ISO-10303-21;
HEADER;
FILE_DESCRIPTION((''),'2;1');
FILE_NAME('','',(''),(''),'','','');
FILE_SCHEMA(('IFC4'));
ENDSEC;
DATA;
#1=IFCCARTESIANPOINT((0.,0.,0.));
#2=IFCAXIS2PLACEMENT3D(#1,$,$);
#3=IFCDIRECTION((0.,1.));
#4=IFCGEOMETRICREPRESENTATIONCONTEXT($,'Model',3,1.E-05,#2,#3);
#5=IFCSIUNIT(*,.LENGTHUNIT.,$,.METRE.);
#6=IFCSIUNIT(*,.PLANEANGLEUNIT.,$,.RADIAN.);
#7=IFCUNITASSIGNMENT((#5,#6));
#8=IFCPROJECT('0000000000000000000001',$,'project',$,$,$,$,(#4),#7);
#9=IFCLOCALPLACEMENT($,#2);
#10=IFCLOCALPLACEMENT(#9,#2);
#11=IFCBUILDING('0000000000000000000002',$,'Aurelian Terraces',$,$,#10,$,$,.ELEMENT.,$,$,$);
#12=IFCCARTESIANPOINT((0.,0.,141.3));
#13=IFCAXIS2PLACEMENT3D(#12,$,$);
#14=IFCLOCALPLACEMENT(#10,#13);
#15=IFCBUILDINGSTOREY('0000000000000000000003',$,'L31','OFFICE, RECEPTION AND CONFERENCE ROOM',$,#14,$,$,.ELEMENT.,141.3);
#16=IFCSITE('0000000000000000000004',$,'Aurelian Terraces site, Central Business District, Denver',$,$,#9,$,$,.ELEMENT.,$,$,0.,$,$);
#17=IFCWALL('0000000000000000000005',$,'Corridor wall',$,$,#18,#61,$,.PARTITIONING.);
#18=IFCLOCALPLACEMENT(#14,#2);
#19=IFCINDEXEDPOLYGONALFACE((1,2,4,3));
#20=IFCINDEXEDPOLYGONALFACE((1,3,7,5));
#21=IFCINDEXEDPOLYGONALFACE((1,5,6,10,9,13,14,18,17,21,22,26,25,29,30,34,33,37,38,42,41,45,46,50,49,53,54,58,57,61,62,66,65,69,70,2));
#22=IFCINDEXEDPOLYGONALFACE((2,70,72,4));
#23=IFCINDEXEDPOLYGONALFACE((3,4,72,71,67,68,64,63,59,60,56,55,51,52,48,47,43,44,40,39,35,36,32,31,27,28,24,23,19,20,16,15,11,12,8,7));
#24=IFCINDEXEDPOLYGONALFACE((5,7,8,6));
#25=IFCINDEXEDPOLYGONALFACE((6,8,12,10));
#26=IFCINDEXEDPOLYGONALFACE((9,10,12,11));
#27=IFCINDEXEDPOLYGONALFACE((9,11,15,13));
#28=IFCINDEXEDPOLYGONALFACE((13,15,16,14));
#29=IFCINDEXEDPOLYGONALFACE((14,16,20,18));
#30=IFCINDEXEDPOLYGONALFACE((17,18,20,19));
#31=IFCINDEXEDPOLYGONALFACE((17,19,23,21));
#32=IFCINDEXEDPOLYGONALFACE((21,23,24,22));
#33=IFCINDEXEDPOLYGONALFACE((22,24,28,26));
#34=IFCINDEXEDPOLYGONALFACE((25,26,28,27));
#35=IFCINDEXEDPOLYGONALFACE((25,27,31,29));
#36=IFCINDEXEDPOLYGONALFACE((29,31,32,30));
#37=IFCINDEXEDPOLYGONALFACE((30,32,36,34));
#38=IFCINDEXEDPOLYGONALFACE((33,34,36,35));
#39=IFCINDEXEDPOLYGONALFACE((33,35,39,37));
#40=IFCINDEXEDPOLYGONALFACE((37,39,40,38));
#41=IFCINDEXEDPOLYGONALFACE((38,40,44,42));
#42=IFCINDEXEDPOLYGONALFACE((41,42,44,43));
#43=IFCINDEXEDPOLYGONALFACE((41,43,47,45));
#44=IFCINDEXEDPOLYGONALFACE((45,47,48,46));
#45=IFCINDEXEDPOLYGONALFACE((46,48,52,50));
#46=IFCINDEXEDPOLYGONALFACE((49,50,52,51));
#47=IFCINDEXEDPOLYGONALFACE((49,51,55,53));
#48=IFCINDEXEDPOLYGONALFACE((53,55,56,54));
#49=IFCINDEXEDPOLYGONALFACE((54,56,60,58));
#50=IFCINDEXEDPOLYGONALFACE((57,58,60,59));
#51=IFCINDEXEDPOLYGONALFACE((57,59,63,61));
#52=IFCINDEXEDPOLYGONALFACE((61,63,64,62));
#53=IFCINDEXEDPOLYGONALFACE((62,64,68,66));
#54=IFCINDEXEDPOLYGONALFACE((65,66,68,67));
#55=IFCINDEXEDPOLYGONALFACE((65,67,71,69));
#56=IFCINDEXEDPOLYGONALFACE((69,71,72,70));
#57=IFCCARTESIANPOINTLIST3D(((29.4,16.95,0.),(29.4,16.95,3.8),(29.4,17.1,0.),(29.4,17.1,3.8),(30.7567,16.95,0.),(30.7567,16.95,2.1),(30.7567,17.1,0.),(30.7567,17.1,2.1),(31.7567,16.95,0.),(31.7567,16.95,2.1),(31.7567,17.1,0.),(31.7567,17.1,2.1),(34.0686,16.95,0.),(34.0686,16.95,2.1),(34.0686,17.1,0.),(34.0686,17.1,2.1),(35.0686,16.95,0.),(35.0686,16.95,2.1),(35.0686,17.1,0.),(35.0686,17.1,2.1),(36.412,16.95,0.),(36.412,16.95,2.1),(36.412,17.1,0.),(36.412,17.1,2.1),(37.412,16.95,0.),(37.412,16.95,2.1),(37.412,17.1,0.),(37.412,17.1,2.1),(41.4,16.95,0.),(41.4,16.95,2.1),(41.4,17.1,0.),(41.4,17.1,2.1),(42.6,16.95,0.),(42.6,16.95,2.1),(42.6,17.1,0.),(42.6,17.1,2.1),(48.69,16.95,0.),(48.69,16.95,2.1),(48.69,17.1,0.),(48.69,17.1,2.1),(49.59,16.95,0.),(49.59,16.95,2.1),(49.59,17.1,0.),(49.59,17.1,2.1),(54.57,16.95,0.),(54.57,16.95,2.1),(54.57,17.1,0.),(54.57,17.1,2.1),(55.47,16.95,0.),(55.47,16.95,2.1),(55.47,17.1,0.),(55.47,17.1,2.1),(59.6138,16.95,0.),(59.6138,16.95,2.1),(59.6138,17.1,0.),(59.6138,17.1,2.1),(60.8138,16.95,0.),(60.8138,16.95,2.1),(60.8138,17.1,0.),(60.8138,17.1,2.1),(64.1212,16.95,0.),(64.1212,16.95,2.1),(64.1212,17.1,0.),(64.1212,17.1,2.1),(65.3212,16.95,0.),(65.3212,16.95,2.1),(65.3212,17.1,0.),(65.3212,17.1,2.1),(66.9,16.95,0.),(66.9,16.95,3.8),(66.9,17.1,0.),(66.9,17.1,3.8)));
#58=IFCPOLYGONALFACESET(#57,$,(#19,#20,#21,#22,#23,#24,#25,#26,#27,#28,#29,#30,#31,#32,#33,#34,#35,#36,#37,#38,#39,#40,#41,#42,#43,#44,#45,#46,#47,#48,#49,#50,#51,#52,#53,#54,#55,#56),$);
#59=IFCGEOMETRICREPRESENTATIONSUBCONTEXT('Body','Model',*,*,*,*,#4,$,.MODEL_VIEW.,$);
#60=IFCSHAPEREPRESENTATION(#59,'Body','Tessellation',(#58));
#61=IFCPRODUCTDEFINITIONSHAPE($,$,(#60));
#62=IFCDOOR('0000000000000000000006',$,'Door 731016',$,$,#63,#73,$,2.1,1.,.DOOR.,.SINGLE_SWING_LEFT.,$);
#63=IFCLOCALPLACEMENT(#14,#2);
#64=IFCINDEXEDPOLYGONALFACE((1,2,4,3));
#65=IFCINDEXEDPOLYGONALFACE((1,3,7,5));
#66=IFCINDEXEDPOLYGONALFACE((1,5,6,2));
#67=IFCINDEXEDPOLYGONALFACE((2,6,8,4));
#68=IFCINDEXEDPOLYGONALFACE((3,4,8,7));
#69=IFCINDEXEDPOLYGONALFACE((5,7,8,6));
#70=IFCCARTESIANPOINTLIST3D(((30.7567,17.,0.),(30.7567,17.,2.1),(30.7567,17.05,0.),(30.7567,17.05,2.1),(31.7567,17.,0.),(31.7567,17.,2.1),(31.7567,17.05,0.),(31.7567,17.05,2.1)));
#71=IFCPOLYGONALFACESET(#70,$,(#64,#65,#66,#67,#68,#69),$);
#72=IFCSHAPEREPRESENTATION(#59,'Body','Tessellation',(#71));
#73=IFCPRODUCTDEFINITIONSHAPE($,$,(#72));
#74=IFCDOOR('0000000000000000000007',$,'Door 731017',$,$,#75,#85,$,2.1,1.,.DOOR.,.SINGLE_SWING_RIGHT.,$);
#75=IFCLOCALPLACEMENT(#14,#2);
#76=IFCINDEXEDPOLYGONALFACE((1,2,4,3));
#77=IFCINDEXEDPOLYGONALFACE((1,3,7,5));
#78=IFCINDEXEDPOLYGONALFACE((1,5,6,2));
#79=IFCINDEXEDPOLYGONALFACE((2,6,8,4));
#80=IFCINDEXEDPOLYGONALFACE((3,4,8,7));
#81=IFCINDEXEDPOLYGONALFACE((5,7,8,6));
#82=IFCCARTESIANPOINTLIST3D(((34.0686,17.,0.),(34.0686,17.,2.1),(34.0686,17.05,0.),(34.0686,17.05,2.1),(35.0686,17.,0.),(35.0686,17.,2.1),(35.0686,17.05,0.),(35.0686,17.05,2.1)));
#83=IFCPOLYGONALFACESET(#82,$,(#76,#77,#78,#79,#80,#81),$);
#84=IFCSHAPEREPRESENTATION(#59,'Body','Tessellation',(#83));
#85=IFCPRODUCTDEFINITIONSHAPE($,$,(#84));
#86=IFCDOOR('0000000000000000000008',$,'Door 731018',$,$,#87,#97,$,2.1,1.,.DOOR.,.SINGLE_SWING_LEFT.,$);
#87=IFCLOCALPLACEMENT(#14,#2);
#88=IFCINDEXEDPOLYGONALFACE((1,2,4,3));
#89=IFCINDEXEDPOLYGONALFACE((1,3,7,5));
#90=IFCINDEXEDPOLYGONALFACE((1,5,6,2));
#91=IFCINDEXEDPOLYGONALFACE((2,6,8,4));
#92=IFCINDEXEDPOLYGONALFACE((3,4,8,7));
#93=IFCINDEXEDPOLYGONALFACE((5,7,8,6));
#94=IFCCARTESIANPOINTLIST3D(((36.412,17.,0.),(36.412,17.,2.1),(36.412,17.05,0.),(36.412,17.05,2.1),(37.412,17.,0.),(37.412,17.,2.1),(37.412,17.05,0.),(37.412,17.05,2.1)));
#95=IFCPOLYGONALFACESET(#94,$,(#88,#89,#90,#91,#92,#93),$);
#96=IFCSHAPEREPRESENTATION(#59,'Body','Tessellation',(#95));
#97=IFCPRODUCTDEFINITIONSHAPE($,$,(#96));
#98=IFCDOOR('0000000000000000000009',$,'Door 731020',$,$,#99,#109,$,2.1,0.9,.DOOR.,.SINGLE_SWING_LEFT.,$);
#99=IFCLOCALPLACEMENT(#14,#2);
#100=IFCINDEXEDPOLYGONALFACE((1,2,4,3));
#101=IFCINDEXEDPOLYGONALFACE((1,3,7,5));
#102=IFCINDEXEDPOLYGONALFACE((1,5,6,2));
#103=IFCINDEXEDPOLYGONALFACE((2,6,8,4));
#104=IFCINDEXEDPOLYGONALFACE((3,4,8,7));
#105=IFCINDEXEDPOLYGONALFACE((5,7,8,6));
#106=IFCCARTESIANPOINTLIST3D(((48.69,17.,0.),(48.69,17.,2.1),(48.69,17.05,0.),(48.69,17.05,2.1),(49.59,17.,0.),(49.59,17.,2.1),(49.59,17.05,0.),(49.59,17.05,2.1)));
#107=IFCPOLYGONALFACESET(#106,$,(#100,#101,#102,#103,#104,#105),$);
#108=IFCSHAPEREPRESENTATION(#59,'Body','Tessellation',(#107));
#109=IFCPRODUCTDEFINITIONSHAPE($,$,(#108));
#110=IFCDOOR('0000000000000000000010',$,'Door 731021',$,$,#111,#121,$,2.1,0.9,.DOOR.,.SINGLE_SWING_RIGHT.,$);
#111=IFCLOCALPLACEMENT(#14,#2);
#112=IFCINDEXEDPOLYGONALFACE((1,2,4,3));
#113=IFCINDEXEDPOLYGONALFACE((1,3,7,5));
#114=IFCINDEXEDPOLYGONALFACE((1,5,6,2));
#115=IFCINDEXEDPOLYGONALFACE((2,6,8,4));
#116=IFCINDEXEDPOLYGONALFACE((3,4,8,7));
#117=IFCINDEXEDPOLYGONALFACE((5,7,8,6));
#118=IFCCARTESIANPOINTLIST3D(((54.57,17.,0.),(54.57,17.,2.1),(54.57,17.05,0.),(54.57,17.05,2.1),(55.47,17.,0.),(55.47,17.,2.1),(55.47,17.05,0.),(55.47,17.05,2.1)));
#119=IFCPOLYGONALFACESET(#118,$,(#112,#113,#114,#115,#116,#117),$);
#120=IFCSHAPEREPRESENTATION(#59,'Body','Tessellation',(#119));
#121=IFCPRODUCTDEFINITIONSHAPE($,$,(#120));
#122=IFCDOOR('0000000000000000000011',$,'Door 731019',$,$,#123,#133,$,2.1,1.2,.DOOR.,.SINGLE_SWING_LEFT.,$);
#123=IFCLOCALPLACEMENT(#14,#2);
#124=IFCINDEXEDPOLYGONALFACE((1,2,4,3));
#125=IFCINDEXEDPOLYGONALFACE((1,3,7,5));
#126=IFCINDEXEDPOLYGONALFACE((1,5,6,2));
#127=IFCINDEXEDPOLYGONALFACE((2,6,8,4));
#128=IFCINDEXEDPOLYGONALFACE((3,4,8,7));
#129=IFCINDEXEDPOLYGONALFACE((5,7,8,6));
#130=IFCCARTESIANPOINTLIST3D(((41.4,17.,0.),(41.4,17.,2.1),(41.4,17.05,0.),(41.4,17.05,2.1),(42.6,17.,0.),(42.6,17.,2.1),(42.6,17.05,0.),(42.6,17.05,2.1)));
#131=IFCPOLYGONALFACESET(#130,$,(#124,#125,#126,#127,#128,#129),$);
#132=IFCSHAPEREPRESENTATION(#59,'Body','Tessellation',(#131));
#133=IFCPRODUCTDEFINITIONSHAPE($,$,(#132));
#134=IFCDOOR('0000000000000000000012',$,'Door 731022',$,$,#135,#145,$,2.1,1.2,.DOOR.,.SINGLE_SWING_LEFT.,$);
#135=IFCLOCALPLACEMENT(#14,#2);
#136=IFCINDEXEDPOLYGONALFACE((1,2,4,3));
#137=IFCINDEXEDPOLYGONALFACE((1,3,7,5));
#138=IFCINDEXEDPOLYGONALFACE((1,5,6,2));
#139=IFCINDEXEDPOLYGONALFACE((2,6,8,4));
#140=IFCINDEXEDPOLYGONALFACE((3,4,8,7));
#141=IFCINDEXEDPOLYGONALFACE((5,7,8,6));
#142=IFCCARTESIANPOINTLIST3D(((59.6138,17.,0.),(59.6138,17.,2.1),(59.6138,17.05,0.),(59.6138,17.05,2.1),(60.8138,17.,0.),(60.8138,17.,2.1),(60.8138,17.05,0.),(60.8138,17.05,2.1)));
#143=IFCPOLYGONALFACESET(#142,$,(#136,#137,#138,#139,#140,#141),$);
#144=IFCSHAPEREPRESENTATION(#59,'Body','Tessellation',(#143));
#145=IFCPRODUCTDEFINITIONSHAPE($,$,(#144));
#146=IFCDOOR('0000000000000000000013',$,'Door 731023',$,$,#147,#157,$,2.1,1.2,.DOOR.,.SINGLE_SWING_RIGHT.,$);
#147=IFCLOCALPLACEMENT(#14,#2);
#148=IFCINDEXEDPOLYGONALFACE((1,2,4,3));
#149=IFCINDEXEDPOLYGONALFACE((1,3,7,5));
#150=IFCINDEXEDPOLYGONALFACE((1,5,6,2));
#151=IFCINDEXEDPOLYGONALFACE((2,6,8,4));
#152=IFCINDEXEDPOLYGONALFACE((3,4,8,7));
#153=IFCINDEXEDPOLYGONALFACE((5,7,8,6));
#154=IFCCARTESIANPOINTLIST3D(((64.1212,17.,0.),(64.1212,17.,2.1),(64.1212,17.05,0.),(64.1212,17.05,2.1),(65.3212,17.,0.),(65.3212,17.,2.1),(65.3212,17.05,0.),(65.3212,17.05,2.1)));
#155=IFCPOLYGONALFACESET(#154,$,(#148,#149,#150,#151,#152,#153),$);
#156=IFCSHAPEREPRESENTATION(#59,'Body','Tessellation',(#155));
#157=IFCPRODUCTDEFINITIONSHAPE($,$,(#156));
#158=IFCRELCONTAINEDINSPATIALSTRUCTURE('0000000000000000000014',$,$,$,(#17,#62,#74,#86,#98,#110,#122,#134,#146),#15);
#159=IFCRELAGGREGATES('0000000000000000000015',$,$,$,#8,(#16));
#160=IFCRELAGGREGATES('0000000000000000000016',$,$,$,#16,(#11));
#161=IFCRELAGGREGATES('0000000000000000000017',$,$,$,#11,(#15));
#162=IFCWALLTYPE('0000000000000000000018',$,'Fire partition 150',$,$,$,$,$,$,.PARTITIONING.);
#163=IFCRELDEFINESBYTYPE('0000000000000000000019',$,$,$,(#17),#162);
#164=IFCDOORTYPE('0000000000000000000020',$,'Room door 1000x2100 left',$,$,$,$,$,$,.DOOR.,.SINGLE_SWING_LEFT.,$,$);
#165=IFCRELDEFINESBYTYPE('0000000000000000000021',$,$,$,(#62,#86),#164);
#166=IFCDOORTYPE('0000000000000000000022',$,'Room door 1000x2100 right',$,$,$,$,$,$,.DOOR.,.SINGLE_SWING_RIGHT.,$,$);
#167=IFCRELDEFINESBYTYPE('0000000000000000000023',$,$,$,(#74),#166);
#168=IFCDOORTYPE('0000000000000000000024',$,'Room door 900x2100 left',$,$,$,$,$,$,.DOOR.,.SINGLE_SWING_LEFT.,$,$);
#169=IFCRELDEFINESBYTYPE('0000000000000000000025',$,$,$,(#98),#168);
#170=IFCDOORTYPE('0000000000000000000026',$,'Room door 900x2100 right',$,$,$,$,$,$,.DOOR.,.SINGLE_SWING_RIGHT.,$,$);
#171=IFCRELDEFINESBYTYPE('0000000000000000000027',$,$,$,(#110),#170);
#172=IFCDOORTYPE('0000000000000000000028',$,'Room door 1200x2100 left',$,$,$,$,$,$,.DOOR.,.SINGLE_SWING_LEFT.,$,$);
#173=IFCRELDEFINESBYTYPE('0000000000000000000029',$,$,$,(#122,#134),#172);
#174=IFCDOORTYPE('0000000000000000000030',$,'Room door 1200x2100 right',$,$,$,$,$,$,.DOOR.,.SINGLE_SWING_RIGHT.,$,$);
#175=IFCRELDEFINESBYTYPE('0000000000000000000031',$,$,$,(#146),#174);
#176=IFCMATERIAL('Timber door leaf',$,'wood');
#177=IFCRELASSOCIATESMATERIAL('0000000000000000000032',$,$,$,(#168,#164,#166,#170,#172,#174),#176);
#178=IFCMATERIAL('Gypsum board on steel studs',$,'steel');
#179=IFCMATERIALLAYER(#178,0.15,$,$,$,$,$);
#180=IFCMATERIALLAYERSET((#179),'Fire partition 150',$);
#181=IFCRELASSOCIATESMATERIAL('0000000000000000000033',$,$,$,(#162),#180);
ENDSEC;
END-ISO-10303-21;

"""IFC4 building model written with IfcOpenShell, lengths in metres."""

from ifc_helpers import new_model, si_unit, direction, frame, frame_2d, origin, place, context, subcontext, project, spatial, rectangle, extrude, source, transform, mapped, material, layer, layer_set, type_object, element, fill, save


model = new_model("IFC4")

# Units and contexts
model_context = context("Model", 3, precision=1e-05, world=origin(), true_north=direction((0.0, 1.0)))
body_context = subcontext(model_context, "Body", "Model", "MODEL_VIEW")
ifc_project = project(units=[si_unit("LENGTHUNIT", "METRE"), si_unit("PLANEANGLEUNIT", "RADIAN")], contexts=[model_context])

# Site, building, storey
site_placement = place(None, origin())
site = spatial("IfcSite", under=ifc_project, at=site_placement, Name="Aurelian Terraces site, Central Business District, Denver", CompositionType="ELEMENT", RefElevation=0.0)
building_placement = place(site_placement, origin())
building = spatial("IfcBuilding", under=site, at=building_placement, Name="Aurelian Terraces", CompositionType="ELEMENT")
storey_placement = place(building_placement, frame((0.0, 0.0, 141.3)))
storey = spatial("IfcBuildingStorey", under=building, at=storey_placement, Name="L31", Description="OFFICE, RECEPTION AND CONFERENCE ROOM", CompositionType="ELEMENT", Elevation=141.3)

# Shared definitions
ifc_material_1 = material(Name="Gypsum board on steel studs", Category="steel")
shared_shape_1 = source(origin(), body_context, "Body", "SweptSolid", [
    extrude(rectangle(XDim=0.9, YDim=2.1, at=frame_2d((0.45, 1.05))), frame((0.0, 0.085, 0.0), z_axis=(0.0, -1.0, 0.0), x_axis=(1.0, 0.0, 0.0)), (0.0, 0.0, 1.0), 0.17),
])
ifc_material_2 = material(Name="Timber door leaf", Category="wood")
door_type_1 = type_object("IfcDoorType", Name="Room door 900x2100 left", OperationType="SINGLE_SWING_LEFT", PredefinedType="DOOR", material=ifc_material_2)
shared_shape_2 = source(origin(), body_context, "Body", "SweptSolid", [
    extrude(rectangle(XDim=0.9, YDim=2.1, at=frame_2d((0.45, 1.05))), frame((0.0, 0.025, 0.0), z_axis=(0.0, -1.0, 0.0), x_axis=(1.0, 0.0, 0.0)), (0.0, 0.0, 1.0), 0.05),
])

# Wall, openings, doors
ifc_layer_1 = layer(ifc_material_1, 0.15)
ifc_layer_set_1 = layer_set([ifc_layer_1], Name="Fire partition 150")
wall_type_1 = type_object("IfcWallType", Name="Fire partition 150", PredefinedType="PARTITIONING", material=ifc_layer_set_1)
shared_shape_3 = source(origin(), body_context, "Body", "SweptSolid", [
    extrude(rectangle(XDim=37.5, YDim=0.15, at=frame_2d((18.75, 0.0))), origin(), (0.0, 0.0, 1.0), 3.8),
])
wall_1_placement = place(storey_placement, frame((29.4, 17.025, 0.0), z_axis=(0.0, 0.0, 1.0), x_axis=(1.0, 0.0, 0.0)))
wall_1 = element("IfcWall", 1, at=wall_1_placement, inside=storey, type_object=wall_type_1, Name="Corridor wall", PredefinedType="PARTITIONING", context=body_context, shape_type="MappedRepresentation", body=[
    mapped(shared_shape_3, transform((0.0, 0.0, 0.0), scale=1.0)),
])
shared_shape_4 = source(origin(), body_context, "Body", "SweptSolid", [
    extrude(rectangle(XDim=1.0, YDim=2.1, at=frame_2d((0.5, 1.05))), frame((0.0, 0.085, 0.0), z_axis=(0.0, -1.0, 0.0), x_axis=(1.0, 0.0, 0.0)), (0.0, 0.0, 1.0), 0.17),
])
opening_1_placement = place(wall_1_placement, frame((1.3567, 0.0, 0.0)))
opening_1 = element("IfcOpeningElement", 2, at=opening_1_placement, cuts=wall_1, PredefinedType="OPENING", context=body_context, shape_type="MappedRepresentation", body=[
    mapped(shared_shape_4, transform((0.0, 0.0, 0.0), scale=1.0)),
])
opening_2_placement = place(wall_1_placement, frame((4.6686, 0.0, 0.0)))
opening_2 = element("IfcOpeningElement", 3, at=opening_2_placement, cuts=wall_1, PredefinedType="OPENING", context=body_context, shape_type="MappedRepresentation", body=[
    mapped(shared_shape_4, transform((0.0, 0.0, 0.0), scale=1.0)),
])
opening_3_placement = place(wall_1_placement, frame((7.012, 0.0, 0.0)))
opening_3 = element("IfcOpeningElement", 4, at=opening_3_placement, cuts=wall_1, PredefinedType="OPENING", context=body_context, shape_type="MappedRepresentation", body=[
    mapped(shared_shape_4, transform((0.0, 0.0, 0.0), scale=1.0)),
])
shared_shape_5 = source(origin(), body_context, "Body", "SweptSolid", [
    extrude(rectangle(XDim=1.2, YDim=2.1, at=frame_2d((0.6, 1.05))), frame((0.0, 0.085, 0.0), z_axis=(0.0, -1.0, 0.0), x_axis=(1.0, 0.0, 0.0)), (0.0, 0.0, 1.0), 0.17),
])
opening_4_placement = place(wall_1_placement, frame((12.0, 0.0, 0.0)))
opening_4 = element("IfcOpeningElement", 5, at=opening_4_placement, cuts=wall_1, PredefinedType="OPENING", context=body_context, shape_type="MappedRepresentation", body=[
    mapped(shared_shape_5, transform((0.0, 0.0, 0.0), scale=1.0)),
])
opening_5_placement = place(wall_1_placement, frame((19.29, 0.0, 0.0)))
opening_5 = element("IfcOpeningElement", 6, at=opening_5_placement, cuts=wall_1, PredefinedType="OPENING", context=body_context, shape_type="MappedRepresentation", body=[
    mapped(shared_shape_1, transform((0.0, 0.0, 0.0), scale=1.0)),
])
opening_6_placement = place(wall_1_placement, frame((25.17, 0.0, 0.0)))
opening_6 = element("IfcOpeningElement", 7, at=opening_6_placement, cuts=wall_1, PredefinedType="OPENING", context=body_context, shape_type="MappedRepresentation", body=[
    mapped(shared_shape_1, transform((0.0, 0.0, 0.0), scale=1.0)),
])
opening_7_placement = place(wall_1_placement, frame((30.2138, 0.0, 0.0)))
opening_7 = element("IfcOpeningElement", 8, at=opening_7_placement, cuts=wall_1, PredefinedType="OPENING", context=body_context, shape_type="MappedRepresentation", body=[
    mapped(shared_shape_5, transform((0.0, 0.0, 0.0), scale=1.0)),
])
opening_8_placement = place(wall_1_placement, frame((34.7212, 0.0, 0.0)))
opening_8 = element("IfcOpeningElement", 9, at=opening_8_placement, cuts=wall_1, PredefinedType="OPENING", context=body_context, shape_type="MappedRepresentation", body=[
    mapped(shared_shape_5, transform((0.0, 0.0, 0.0), scale=1.0)),
])
door_type_2 = type_object("IfcDoorType", Name="Room door 1000x2100 left", OperationType="SINGLE_SWING_LEFT", PredefinedType="DOOR", material=ifc_material_2)
shared_shape_6 = source(origin(), body_context, "Body", "SweptSolid", [
    extrude(rectangle(XDim=1.0, YDim=2.1, at=frame_2d((0.5, 1.05))), frame((0.0, 0.025, 0.0), z_axis=(0.0, -1.0, 0.0), x_axis=(1.0, 0.0, 0.0)), (0.0, 0.0, 1.0), 0.05),
])
door_1_placement = place(opening_1_placement, origin())
door_1 = element("IfcDoor", 10, at=door_1_placement, inside=storey, type_object=door_type_2, Name="Door 731016", OperationType="SINGLE_SWING_LEFT", OverallHeight=2.1, OverallWidth=1.0, PredefinedType="DOOR", context=body_context, shape_type="MappedRepresentation", body=[
    mapped(shared_shape_6, transform((0.0, 0.0, 0.0), scale=1.0)),
])
fill(opening_1, door_1)
door_type_3 = type_object("IfcDoorType", Name="Room door 1000x2100 right", OperationType="SINGLE_SWING_RIGHT", PredefinedType="DOOR", material=ifc_material_2)
door_2_placement = place(opening_2_placement, origin())
door_2 = element("IfcDoor", 11, at=door_2_placement, inside=storey, type_object=door_type_3, Name="Door 731017", OperationType="SINGLE_SWING_RIGHT", OverallHeight=2.1, OverallWidth=1.0, PredefinedType="DOOR", context=body_context, shape_type="MappedRepresentation", body=[
    mapped(shared_shape_6, transform((0.0, 0.0, 0.0), scale=1.0)),
])
fill(opening_2, door_2)
door_3_placement = place(opening_3_placement, origin())
door_3 = element("IfcDoor", 12, at=door_3_placement, inside=storey, type_object=door_type_2, Name="Door 731018", OperationType="SINGLE_SWING_LEFT", OverallHeight=2.1, OverallWidth=1.0, PredefinedType="DOOR", context=body_context, shape_type="MappedRepresentation", body=[
    mapped(shared_shape_6, transform((0.0, 0.0, 0.0), scale=1.0)),
])
fill(opening_3, door_3)
door_4_placement = place(opening_5_placement, origin())
door_4 = element("IfcDoor", 13, at=door_4_placement, inside=storey, type_object=door_type_1, Name="Door 731020", OperationType="SINGLE_SWING_LEFT", OverallHeight=2.1, OverallWidth=0.9, PredefinedType="DOOR", context=body_context, shape_type="MappedRepresentation", body=[
    mapped(shared_shape_2, transform((0.0, 0.0, 0.0), scale=1.0)),
])
fill(opening_5, door_4)
door_type_4 = type_object("IfcDoorType", Name="Room door 900x2100 right", OperationType="SINGLE_SWING_RIGHT", PredefinedType="DOOR", material=ifc_material_2)
door_5_placement = place(opening_6_placement, origin())
door_5 = element("IfcDoor", 14, at=door_5_placement, inside=storey, type_object=door_type_4, Name="Door 731021", OperationType="SINGLE_SWING_RIGHT", OverallHeight=2.1, OverallWidth=0.9, PredefinedType="DOOR", context=body_context, shape_type="MappedRepresentation", body=[
    mapped(shared_shape_2, transform((0.0, 0.0, 0.0), scale=1.0)),
])
fill(opening_6, door_5)
door_type_5 = type_object("IfcDoorType", Name="Room door 1200x2100 left", OperationType="SINGLE_SWING_LEFT", PredefinedType="DOOR", material=ifc_material_2)
shared_shape_7 = source(origin(), body_context, "Body", "SweptSolid", [
    extrude(rectangle(XDim=1.2, YDim=2.1, at=frame_2d((0.6, 1.05))), frame((0.0, 0.025, 0.0), z_axis=(0.0, -1.0, 0.0), x_axis=(1.0, 0.0, 0.0)), (0.0, 0.0, 1.0), 0.05),
])
door_6_placement = place(opening_4_placement, origin())
door_6 = element("IfcDoor", 15, at=door_6_placement, inside=storey, type_object=door_type_5, Name="Door 731019", OperationType="SINGLE_SWING_LEFT", OverallHeight=2.1, OverallWidth=1.2, PredefinedType="DOOR", context=body_context, shape_type="MappedRepresentation", body=[
    mapped(shared_shape_7, transform((0.0, 0.0, 0.0), scale=1.0)),
])
fill(opening_4, door_6)
door_7_placement = place(opening_7_placement, origin())
door_7 = element("IfcDoor", 16, at=door_7_placement, inside=storey, type_object=door_type_5, Name="Door 731022", OperationType="SINGLE_SWING_LEFT", OverallHeight=2.1, OverallWidth=1.2, PredefinedType="DOOR", context=body_context, shape_type="MappedRepresentation", body=[
    mapped(shared_shape_7, transform((0.0, 0.0, 0.0), scale=1.0)),
])
fill(opening_7, door_7)
door_type_6 = type_object("IfcDoorType", Name="Room door 1200x2100 right", OperationType="SINGLE_SWING_RIGHT", PredefinedType="DOOR", material=ifc_material_2)
door_8_placement = place(opening_8_placement, origin())
door_8 = element("IfcDoor", 17, at=door_8_placement, inside=storey, type_object=door_type_6, Name="Door 731023", OperationType="SINGLE_SWING_RIGHT", OverallHeight=2.1, OverallWidth=1.2, PredefinedType="DOOR", context=body_context, shape_type="MappedRepresentation", body=[
    mapped(shared_shape_7, transform((0.0, 0.0, 0.0), scale=1.0)),
])
fill(opening_8, door_8)

save(model, "model.ifc")
